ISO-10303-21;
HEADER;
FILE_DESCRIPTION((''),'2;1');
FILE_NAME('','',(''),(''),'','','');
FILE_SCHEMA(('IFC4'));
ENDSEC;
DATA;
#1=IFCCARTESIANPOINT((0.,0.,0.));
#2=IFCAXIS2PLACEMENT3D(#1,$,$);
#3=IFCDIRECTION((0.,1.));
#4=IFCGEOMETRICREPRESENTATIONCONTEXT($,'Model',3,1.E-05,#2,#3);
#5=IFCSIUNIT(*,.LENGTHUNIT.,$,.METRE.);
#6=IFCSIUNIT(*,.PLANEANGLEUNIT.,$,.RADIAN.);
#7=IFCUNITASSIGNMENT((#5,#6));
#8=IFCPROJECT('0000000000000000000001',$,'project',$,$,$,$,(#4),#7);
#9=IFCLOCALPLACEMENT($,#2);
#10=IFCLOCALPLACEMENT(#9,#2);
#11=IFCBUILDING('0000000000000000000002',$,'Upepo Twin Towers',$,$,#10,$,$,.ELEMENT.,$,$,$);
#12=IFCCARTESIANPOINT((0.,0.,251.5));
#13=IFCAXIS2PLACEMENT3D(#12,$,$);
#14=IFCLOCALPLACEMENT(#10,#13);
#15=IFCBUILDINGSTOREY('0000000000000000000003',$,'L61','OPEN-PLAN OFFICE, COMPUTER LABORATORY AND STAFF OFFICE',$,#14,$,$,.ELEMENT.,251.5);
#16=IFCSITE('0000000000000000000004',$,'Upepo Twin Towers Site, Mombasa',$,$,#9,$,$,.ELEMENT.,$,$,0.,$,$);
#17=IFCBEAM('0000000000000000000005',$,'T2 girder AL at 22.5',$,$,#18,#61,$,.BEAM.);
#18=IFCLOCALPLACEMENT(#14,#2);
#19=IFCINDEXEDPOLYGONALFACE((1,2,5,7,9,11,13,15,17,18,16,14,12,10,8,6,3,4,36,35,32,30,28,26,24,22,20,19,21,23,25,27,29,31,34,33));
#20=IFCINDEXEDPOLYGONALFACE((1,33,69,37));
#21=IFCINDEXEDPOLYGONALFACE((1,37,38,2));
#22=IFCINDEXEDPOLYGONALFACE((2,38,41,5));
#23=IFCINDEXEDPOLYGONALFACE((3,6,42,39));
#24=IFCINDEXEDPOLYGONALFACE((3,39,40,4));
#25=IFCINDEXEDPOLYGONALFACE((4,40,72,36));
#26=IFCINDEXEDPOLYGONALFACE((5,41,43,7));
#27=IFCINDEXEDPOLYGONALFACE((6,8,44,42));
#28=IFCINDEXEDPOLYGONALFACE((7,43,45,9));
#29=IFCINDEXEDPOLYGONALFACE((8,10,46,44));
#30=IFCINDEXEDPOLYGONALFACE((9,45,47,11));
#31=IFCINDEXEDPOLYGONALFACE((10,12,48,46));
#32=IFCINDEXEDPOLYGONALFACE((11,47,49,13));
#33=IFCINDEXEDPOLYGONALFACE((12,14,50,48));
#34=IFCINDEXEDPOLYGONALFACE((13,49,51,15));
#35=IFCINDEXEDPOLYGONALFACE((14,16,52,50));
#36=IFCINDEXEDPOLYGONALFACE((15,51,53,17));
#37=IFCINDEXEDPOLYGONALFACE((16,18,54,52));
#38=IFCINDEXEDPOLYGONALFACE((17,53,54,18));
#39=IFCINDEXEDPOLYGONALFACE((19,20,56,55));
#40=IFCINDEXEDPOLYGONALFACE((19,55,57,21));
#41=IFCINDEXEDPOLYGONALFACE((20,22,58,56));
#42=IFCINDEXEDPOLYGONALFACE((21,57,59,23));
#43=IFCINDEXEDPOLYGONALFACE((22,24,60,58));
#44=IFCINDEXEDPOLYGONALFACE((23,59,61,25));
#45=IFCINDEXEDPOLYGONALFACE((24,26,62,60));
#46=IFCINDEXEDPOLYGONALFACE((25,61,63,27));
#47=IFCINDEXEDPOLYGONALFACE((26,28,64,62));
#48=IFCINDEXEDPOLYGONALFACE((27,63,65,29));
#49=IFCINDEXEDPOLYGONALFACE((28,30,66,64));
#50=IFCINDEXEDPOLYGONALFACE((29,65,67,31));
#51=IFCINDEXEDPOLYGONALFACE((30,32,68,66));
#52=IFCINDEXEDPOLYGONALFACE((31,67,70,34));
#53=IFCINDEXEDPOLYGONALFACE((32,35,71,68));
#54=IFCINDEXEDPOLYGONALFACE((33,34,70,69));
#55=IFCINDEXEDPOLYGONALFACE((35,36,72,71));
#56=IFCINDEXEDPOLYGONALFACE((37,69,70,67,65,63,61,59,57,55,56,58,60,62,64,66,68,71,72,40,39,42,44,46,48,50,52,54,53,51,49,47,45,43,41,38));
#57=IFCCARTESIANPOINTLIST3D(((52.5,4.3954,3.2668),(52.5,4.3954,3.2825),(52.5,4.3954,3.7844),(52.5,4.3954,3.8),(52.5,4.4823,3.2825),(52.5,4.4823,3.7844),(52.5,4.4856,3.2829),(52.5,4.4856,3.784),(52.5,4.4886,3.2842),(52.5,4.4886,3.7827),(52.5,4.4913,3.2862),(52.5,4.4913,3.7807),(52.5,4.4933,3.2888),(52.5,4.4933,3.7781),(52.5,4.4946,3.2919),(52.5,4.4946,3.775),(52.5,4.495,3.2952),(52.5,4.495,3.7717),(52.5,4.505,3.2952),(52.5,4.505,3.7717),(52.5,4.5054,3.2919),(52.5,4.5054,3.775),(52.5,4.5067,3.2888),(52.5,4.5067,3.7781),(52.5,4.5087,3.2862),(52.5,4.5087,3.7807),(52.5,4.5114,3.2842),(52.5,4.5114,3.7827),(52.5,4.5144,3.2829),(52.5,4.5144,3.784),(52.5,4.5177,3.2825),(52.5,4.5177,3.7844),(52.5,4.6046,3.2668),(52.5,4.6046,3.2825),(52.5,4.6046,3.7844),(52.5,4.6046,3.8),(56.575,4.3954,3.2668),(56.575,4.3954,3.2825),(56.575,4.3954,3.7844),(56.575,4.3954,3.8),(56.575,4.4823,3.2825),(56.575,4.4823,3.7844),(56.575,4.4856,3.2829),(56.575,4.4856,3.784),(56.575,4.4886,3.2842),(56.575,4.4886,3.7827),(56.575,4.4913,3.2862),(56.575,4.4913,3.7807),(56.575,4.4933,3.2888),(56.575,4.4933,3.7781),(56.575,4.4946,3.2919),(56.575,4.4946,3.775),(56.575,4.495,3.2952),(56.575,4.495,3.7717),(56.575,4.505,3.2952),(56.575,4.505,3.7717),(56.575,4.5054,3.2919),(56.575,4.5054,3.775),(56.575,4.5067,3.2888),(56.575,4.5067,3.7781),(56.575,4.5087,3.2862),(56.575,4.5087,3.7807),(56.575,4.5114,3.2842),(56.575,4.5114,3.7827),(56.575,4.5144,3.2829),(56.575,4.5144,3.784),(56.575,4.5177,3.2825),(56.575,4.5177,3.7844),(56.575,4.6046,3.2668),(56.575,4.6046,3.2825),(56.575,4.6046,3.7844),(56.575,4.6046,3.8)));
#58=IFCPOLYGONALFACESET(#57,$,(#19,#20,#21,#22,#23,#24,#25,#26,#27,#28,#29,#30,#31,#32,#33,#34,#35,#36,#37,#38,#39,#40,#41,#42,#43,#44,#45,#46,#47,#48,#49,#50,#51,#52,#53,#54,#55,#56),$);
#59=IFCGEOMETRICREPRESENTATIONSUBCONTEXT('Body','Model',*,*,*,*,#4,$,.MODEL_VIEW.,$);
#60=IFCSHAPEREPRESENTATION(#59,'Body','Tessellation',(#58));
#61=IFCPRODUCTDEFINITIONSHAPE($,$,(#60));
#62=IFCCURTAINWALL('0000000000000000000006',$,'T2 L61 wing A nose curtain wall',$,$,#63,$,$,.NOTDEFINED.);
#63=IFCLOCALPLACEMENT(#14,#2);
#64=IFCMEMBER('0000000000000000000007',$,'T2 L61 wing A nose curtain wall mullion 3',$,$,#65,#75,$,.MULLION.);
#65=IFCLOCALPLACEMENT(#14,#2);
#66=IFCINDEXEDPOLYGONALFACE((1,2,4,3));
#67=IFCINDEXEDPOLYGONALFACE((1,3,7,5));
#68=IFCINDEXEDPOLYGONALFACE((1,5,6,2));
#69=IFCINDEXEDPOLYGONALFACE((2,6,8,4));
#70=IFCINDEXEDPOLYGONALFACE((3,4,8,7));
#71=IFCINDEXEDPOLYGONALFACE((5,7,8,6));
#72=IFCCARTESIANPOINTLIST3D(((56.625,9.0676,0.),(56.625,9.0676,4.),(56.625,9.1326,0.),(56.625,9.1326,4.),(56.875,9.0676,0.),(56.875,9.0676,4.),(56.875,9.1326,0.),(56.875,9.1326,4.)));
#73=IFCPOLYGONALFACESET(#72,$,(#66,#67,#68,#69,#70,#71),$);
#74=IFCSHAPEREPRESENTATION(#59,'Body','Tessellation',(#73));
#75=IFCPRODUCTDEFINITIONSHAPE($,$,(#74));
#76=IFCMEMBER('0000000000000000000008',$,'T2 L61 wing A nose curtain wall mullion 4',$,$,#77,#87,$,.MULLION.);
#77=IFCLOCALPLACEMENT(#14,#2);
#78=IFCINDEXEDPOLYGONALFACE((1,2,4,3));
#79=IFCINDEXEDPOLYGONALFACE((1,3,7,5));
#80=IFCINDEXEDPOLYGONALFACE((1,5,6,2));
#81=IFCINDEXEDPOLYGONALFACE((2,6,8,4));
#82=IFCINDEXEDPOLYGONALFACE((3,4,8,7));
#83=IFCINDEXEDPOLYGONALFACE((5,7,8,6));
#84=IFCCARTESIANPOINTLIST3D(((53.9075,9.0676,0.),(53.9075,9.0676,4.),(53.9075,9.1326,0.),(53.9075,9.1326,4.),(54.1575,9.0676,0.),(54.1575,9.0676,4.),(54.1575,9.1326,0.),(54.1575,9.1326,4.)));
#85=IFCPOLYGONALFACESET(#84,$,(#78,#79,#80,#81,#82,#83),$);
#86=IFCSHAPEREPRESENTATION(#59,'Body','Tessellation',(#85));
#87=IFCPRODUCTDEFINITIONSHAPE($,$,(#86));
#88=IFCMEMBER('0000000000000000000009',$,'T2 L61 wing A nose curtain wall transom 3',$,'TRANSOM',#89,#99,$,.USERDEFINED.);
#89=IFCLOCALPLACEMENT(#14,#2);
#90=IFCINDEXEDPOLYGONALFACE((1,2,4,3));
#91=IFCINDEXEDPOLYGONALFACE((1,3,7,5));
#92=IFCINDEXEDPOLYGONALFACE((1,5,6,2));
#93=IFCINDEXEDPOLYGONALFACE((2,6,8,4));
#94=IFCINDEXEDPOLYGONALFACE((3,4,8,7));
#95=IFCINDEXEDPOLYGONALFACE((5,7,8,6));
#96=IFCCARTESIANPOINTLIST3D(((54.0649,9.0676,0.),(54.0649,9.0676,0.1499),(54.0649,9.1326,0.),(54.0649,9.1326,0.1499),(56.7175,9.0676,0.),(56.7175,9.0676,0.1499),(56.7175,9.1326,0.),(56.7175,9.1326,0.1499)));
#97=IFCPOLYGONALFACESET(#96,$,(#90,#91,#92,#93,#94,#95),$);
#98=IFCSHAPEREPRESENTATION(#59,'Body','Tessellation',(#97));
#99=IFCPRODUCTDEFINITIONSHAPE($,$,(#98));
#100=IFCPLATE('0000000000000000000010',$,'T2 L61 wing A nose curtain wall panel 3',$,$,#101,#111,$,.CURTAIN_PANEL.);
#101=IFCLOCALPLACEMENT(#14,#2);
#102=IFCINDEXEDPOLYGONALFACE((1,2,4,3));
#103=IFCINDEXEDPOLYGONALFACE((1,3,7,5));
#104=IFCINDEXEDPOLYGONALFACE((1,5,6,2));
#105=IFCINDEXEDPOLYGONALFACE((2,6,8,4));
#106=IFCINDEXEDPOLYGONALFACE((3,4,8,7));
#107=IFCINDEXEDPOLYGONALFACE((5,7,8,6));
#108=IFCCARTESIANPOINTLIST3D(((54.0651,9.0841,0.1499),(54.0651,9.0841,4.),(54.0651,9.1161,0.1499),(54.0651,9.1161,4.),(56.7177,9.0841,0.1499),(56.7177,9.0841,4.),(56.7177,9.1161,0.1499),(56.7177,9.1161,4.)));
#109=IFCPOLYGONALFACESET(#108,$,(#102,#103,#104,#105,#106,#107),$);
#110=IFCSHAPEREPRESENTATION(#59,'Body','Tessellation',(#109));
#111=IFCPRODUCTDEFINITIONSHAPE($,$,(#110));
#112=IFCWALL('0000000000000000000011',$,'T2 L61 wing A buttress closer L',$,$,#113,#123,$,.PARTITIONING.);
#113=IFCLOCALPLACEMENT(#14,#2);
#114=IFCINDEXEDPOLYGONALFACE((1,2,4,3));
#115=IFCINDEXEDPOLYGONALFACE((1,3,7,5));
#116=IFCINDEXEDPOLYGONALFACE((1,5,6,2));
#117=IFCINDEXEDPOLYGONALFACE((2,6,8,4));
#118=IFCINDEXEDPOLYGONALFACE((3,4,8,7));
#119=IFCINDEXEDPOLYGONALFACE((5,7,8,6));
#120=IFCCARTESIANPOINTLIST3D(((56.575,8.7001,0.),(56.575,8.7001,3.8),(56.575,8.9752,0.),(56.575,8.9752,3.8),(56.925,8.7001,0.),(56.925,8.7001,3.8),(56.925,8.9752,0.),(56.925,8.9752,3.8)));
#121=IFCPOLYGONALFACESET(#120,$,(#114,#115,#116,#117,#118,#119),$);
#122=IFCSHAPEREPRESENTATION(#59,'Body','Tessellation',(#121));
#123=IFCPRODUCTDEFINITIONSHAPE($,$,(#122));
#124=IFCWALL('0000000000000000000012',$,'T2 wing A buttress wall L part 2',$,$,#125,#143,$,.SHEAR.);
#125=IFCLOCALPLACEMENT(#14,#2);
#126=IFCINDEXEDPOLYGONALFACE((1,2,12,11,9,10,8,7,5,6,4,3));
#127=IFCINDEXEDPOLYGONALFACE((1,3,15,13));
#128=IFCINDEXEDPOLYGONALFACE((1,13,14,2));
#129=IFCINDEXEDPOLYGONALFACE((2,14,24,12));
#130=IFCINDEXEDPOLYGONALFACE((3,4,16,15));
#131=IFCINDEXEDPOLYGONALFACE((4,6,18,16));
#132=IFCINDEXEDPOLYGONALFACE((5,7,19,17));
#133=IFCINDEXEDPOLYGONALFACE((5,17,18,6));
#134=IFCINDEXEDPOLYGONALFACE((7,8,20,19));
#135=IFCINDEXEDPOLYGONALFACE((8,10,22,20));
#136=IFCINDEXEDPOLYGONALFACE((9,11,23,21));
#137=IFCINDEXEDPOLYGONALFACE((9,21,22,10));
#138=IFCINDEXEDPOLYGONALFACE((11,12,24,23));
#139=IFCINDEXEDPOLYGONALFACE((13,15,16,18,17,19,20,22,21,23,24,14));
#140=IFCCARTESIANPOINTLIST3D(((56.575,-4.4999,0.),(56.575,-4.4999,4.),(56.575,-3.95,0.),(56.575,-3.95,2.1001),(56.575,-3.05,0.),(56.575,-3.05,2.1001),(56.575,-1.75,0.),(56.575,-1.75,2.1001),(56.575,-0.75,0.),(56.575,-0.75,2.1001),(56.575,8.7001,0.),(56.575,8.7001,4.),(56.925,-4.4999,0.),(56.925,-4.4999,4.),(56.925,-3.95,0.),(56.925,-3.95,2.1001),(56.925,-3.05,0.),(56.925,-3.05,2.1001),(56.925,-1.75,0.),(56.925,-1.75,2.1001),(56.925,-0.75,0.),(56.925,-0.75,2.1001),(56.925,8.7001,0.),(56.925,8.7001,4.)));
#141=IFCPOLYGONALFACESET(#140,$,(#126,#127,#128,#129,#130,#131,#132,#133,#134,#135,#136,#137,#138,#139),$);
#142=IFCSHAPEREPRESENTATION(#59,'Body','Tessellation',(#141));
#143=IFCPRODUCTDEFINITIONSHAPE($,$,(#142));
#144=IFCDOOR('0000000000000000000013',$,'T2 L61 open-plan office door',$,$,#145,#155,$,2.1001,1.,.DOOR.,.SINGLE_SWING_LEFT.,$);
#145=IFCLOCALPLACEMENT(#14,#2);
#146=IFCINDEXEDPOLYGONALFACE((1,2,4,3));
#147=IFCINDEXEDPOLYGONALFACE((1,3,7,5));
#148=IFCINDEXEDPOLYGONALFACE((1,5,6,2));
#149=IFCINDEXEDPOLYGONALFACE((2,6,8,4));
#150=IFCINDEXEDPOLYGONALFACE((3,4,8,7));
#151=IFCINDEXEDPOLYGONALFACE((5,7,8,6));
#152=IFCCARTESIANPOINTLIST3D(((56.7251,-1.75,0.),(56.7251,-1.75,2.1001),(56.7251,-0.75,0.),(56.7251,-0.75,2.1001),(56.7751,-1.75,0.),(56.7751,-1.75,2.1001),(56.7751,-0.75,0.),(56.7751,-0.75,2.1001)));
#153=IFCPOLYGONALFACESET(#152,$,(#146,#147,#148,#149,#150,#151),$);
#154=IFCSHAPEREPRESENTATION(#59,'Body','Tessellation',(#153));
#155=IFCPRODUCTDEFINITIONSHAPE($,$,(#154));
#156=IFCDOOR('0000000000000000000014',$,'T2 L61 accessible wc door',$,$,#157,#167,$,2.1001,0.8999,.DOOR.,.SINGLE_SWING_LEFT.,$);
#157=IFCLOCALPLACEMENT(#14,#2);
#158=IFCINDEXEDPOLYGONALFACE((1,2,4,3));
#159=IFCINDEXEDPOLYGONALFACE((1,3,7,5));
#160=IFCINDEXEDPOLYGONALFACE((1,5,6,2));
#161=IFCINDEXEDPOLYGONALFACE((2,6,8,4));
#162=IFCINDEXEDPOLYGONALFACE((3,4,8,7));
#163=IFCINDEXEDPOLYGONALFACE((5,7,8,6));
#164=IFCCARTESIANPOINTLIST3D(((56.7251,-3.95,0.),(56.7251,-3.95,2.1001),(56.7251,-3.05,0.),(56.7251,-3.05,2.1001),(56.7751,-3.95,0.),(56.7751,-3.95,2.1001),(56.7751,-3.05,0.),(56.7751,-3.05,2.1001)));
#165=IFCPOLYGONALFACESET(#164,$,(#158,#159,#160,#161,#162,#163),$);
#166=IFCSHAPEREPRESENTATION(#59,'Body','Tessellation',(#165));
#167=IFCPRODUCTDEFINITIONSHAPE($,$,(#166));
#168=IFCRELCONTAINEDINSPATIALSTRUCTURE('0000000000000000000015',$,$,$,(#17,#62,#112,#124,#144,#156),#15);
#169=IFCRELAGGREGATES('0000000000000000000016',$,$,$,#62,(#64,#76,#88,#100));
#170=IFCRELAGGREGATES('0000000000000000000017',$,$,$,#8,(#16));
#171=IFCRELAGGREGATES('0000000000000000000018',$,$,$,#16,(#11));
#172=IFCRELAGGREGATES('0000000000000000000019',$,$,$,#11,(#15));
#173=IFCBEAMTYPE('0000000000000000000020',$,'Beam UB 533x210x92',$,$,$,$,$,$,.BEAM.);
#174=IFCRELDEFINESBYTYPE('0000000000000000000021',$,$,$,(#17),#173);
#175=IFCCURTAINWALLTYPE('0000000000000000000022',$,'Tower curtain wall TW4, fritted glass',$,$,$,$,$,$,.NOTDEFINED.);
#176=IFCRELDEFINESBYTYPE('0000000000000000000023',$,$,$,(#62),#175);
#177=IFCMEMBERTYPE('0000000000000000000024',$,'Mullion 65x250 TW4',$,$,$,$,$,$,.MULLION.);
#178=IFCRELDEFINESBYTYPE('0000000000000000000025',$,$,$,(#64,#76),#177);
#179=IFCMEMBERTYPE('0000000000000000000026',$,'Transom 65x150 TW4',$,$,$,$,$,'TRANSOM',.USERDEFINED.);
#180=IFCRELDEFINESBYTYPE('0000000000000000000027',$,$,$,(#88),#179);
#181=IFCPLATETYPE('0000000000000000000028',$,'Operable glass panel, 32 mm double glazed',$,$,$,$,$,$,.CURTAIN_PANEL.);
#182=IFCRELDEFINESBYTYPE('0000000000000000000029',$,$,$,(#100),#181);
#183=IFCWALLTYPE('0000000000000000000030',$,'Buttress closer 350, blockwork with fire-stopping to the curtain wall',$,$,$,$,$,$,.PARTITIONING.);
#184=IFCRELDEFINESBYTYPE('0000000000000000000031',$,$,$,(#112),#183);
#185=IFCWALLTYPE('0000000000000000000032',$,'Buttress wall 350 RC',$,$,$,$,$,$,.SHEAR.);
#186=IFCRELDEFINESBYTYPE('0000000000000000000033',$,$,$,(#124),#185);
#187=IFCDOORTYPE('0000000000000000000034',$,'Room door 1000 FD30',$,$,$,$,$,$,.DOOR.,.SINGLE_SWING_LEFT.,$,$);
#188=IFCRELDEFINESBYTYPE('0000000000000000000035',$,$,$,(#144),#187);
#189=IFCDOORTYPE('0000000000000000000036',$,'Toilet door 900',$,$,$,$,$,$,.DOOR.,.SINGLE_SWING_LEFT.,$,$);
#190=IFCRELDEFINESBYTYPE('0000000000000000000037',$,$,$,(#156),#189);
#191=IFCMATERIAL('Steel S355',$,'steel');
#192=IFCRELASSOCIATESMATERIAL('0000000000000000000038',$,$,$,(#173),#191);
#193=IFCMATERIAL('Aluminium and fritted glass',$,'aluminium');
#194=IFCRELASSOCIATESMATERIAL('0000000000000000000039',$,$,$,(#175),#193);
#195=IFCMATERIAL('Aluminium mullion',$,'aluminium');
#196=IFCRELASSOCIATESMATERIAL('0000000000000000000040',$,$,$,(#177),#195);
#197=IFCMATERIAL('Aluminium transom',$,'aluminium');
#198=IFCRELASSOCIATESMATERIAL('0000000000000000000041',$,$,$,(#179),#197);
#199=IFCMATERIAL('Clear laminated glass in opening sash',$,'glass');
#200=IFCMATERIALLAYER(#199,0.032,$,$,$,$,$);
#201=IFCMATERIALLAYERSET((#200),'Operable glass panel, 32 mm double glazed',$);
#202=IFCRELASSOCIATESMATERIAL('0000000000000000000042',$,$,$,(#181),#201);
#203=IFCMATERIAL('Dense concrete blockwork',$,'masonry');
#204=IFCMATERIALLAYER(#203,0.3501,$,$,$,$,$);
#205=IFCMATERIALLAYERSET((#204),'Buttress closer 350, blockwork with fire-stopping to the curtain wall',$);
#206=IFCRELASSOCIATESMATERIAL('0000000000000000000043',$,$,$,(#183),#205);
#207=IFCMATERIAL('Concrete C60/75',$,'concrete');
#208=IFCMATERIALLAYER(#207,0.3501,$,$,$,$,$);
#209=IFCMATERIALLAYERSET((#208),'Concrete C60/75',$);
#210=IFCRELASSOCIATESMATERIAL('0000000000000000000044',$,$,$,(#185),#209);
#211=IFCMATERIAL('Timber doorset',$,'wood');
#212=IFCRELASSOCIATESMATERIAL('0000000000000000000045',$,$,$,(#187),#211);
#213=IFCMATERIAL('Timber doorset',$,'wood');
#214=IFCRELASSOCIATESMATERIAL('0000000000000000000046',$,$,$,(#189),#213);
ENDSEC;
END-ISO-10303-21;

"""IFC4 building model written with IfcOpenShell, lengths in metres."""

from ifc_helpers import new_model, si_unit, direction, frame, frame_2d, origin, origin_2d, place, context, subcontext, project, spatial, rectangle, i_section, extrude, material, layer, layer_set, material_profile, profile_set, type_object, element, fill, aggregate, save


model = new_model("IFC4")

# Units and contexts
model_context = context("Model", 3, precision=1e-05, world=origin(), true_north=direction((0.0, 1.0)))
body_context = subcontext(model_context, "Body", "Model", "MODEL_VIEW")
ifc_project = project(units=[si_unit("LENGTHUNIT", "METRE"), si_unit("PLANEANGLEUNIT", "RADIAN")], contexts=[model_context])

# Site, building, storey
site_placement = place(None, origin())
site = spatial("IfcSite", under=ifc_project, at=site_placement, Name="Upepo Twin Towers Site, Mombasa", CompositionType="ELEMENT", RefElevation=0.0)
building_placement = place(site_placement, origin())
building = spatial("IfcBuilding", under=site, at=building_placement, Name="Upepo Twin Towers", CompositionType="ELEMENT")
storey_placement = place(building_placement, frame((0.0, 0.0, 251.5)))
storey = spatial("IfcBuildingStorey", under=building, at=storey_placement, Name="L61", Description="OPEN-PLAN OFFICE, COMPUTER LABORATORY AND STAFF OFFICE", CompositionType="ELEMENT", Elevation=251.5)

# Beam
ifc_material_1 = material(Name="Steel S355", Category="steel")
ifc_material_profile_1 = material_profile(ifc_material_1, i_section(OverallWidth=0.2092, OverallDepth=0.5332, WebThickness=0.01, FlangeThickness=0.0156, FilletRadius=0.0127, at=origin_2d()), Name="UB 533x210x92")
ifc_profile_set_1 = profile_set([ifc_material_profile_1], Name="Steel S355")
beam_type_1 = type_object("IfcBeamType", Name="Beam UB 533x210x92", PredefinedType="BEAM", material=ifc_profile_set_1)
beam_1_placement = place(storey_placement, frame((52.5, 4.5, 3.5334), z_axis=(1.0, 0.0, 0.0), x_axis=(0.0, 1.0, 0.0)))
element("IfcBeam", 1, at=beam_1_placement, inside=storey, type_object=beam_type_1, Name="T2 girder AL at 22.5", PredefinedType="BEAM", context=body_context, shape_type="SweptSolid", body=[
    extrude(i_section(OverallWidth=0.2092, OverallDepth=0.5332, WebThickness=0.01, FlangeThickness=0.0156, FilletRadius=0.0127, at=origin_2d()), origin(), (0.0, 0.0, 1.0), 4.075),
])

# Curtain wall, members, plate
ifc_material_2 = material(Name="Aluminium and fritted glass", Category="aluminium")
curtain_wall_type = type_object("IfcCurtainWallType", Name="Tower curtain wall TW4, fritted glass", PredefinedType="NOTDEFINED", material=ifc_material_2)
curtain_wall_placement = place(storey_placement, origin())
curtain_wall = element("IfcCurtainWall", 2, at=curtain_wall_placement, inside=storey, type_object=curtain_wall_type, Name="T2 L61 wing A nose curtain wall", PredefinedType="NOTDEFINED")
ifc_material_3 = material(Name="Aluminium mullion", Category="aluminium")
ifc_material_profile_2 = material_profile(ifc_material_3, rectangle(XDim=0.0649, YDim=0.25, at=origin_2d()), Name="MULLION 65x250")
ifc_profile_set_2 = profile_set([ifc_material_profile_2], Name="Aluminium mullion")
member_type_1 = type_object("IfcMemberType", Name="Mullion 65x250 TW4", PredefinedType="MULLION", material=ifc_profile_set_2)
member_1_placement = place(storey_placement, frame((56.75, 9.1001, 0.0), z_axis=(0.0, 0.0, 1.0), x_axis=(0.0, -1.0, 0.0)))
member_1 = element("IfcMember", 3, at=member_1_placement, type_object=member_type_1, Name="T2 L61 wing A nose curtain wall mullion 3", PredefinedType="MULLION", context=body_context, shape_type="SweptSolid", body=[
    extrude(rectangle(XDim=0.0649, YDim=0.25, at=origin_2d()), origin(), (0.0, 0.0, 1.0), 4.0),
])
member_2_placement = place(storey_placement, frame((54.0325, 9.1001, 0.0), z_axis=(0.0, 0.0, 1.0), x_axis=(0.0, -1.0, 0.0)))
member_2 = element("IfcMember", 4, at=member_2_placement, type_object=member_type_1, Name="T2 L61 wing A nose curtain wall mullion 4", PredefinedType="MULLION", context=body_context, shape_type="SweptSolid", body=[
    extrude(rectangle(XDim=0.0649, YDim=0.25, at=origin_2d()), origin(), (0.0, 0.0, 1.0), 4.0),
])
ifc_material_4 = material(Name="Aluminium transom", Category="aluminium")
ifc_material_profile_3 = material_profile(ifc_material_4, rectangle(XDim=0.0649, YDim=0.1499, at=origin_2d()), Name="TRANSOM 65x150")
ifc_profile_set_3 = profile_set([ifc_material_profile_3], Name="Aluminium transom")
member_type_2 = type_object("IfcMemberType", Name="Transom 65x150 TW4", ElementType="TRANSOM", PredefinedType="USERDEFINED", material=ifc_profile_set_3)
member_3_placement = place(storey_placement, frame((56.7175, 9.1001, 0.075), z_axis=(-1.0, 0.0, 0.0), x_axis=(0.0, -1.0, 0.0)))
member_3 = element("IfcMember", 5, at=member_3_placement, type_object=member_type_2, Name="T2 L61 wing A nose curtain wall transom 3", ObjectType="TRANSOM", PredefinedType="USERDEFINED", context=body_context, shape_type="SweptSolid", body=[
    extrude(rectangle(XDim=0.0649, YDim=0.1499, at=origin_2d()), origin(), (0.0, 0.0, 1.0), 2.6526),
])
ifc_material_5 = material(Name="Clear laminated glass in opening sash", Category="glass")
ifc_layer_1 = layer(ifc_material_5, 0.032)
ifc_layer_set_1 = layer_set([ifc_layer_1], Name="Operable glass panel, 32 mm double glazed")
plate_type = type_object("IfcPlateType", Name="Operable glass panel, 32 mm double glazed", PredefinedType="CURTAIN_PANEL", material=ifc_layer_set_1)
plate_placement = place(storey_placement, frame((55.3914, 9.1001, 0.1499), z_axis=(0.0, 0.0, 1.0), x_axis=(-1.0, 0.0, 0.0)))
plate = element("IfcPlate", 6, at=plate_placement, type_object=plate_type, Name="T2 L61 wing A nose curtain wall panel 3", PredefinedType="CURTAIN_PANEL", context=body_context, shape_type="SweptSolid", body=[
    extrude(rectangle(XDim=2.6526, YDim=0.032, at=origin_2d()), origin(), (0.0, 0.0, 1.0), 3.8501),
])
aggregate(curtain_wall, [member_1, member_2, member_3, plate])

# Wall
ifc_material_6 = material(Name="Dense concrete blockwork", Category="masonry")
ifc_layer_2 = layer(ifc_material_6, 0.3501)
ifc_layer_set_2 = layer_set([ifc_layer_2], Name="Buttress closer 350, blockwork with fire-stopping to the curtain wall")
wall_type_1 = type_object("IfcWallType", Name="Buttress closer 350, blockwork with fire-stopping to the curtain wall", PredefinedType="PARTITIONING", material=ifc_layer_set_2)
wall_1_placement = place(storey_placement, frame((56.75, 8.7, 0.0), z_axis=(0.0, 0.0, 1.0), x_axis=(0.0, 1.0, 0.0)))
element("IfcWall", 7, at=wall_1_placement, inside=storey, type_object=wall_type_1, Name="T2 L61 wing A buttress closer L", PredefinedType="PARTITIONING", context=body_context, shape_type="SweptSolid", body=[
    extrude(rectangle(XDim=0.2751, YDim=0.3501, at=frame_2d((0.1377, 0.0))), origin(), (0.0, 0.0, 1.0), 3.8),
])

# Wall, openings, doors
ifc_material_7 = material(Name="Concrete C60/75", Category="concrete")
ifc_layer_3 = layer(ifc_material_7, 0.3501)
ifc_layer_set_3 = layer_set([ifc_layer_3], Name="Concrete C60/75")
wall_type_2 = type_object("IfcWallType", Name="Buttress wall 350 RC", PredefinedType="SHEAR", material=ifc_layer_set_3)
wall_2_placement = place(storey_placement, frame((56.75, -4.5, 0.0), z_axis=(0.0, 0.0, 1.0), x_axis=(0.0, 1.0, 0.0)))
wall_2 = element("IfcWall", 8, at=wall_2_placement, inside=storey, type_object=wall_type_2, Name="T2 wing A buttress wall L part 2", PredefinedType="SHEAR", context=body_context, shape_type="SweptSolid", body=[
    extrude(rectangle(XDim=13.2, YDim=0.3501, at=frame_2d((6.6001, 0.0))), origin(), (0.0, 0.0, 1.0), 4.0),
])
opening_1_placement = place(wall_2_placement, frame((0.55, 0.0, 0.0)))
opening_1 = element("IfcOpeningElement", 9, at=opening_1_placement, cuts=wall_2, PredefinedType="OPENING", context=body_context, shape_type="SweptSolid", body=[
    extrude(rectangle(XDim=0.8999, YDim=2.1001, at=frame_2d((0.45, 1.05))), frame((0.0, 0.1851, 0.0), z_axis=(0.0, -1.0, 0.0), x_axis=(1.0, 0.0, 0.0)), (0.0, 0.0, 1.0), 0.3701),
])
opening_2_placement = place(wall_2_placement, frame((2.75, 0.0, 0.0)))
opening_2 = element("IfcOpeningElement", 10, at=opening_2_placement, cuts=wall_2, PredefinedType="OPENING", context=body_context, shape_type="SweptSolid", body=[
    extrude(rectangle(XDim=1.0, YDim=2.1001, at=frame_2d((0.5, 1.05))), frame((0.0, 0.1851, 0.0), z_axis=(0.0, -1.0, 0.0), x_axis=(1.0, 0.0, 0.0)), (0.0, 0.0, 1.0), 0.3701),
])
ifc_material_8 = material(Name="Timber doorset", Category="wood")
door_type_1 = type_object("IfcDoorType", Name="Room door 1000 FD30", OperationType="SINGLE_SWING_LEFT", PredefinedType="DOOR", material=ifc_material_8)
door_1_placement = place(opening_2_placement, origin())
door_1 = element("IfcDoor", 11, at=door_1_placement, inside=storey, type_object=door_type_1, Name="T2 L61 open-plan office door", OperationType="SINGLE_SWING_LEFT", OverallHeight=2.1001, OverallWidth=1.0, PredefinedType="DOOR", context=body_context, shape_type="SweptSolid", body=[
    extrude(rectangle(XDim=1.0, YDim=2.1001, at=frame_2d((0.5, 1.05))), frame((0.0, 0.0249, 0.0), z_axis=(0.0, -1.0, 0.0), x_axis=(1.0, 0.0, 0.0)), (0.0, 0.0, 1.0), 0.05),
])
fill(opening_2, door_1)
ifc_material_9 = material(Name="Timber doorset", Category="wood")
door_type_2 = type_object("IfcDoorType", Name="Toilet door 900", OperationType="SINGLE_SWING_LEFT", PredefinedType="DOOR", material=ifc_material_9)
door_2_placement = place(opening_1_placement, origin())
door_2 = element("IfcDoor", 12, at=door_2_placement, inside=storey, type_object=door_type_2, Name="T2 L61 accessible wc door", OperationType="SINGLE_SWING_LEFT", OverallHeight=2.1001, OverallWidth=0.8999, PredefinedType="DOOR", context=body_context, shape_type="SweptSolid", body=[
    extrude(rectangle(XDim=0.8999, YDim=2.1001, at=frame_2d((0.45, 1.05))), frame((0.0, 0.0249, 0.0), z_axis=(0.0, -1.0, 0.0), x_axis=(1.0, 0.0, 0.0)), (0.0, 0.0, 1.0), 0.05),
])
fill(opening_1, door_2)

save(model, "model.ifc")
